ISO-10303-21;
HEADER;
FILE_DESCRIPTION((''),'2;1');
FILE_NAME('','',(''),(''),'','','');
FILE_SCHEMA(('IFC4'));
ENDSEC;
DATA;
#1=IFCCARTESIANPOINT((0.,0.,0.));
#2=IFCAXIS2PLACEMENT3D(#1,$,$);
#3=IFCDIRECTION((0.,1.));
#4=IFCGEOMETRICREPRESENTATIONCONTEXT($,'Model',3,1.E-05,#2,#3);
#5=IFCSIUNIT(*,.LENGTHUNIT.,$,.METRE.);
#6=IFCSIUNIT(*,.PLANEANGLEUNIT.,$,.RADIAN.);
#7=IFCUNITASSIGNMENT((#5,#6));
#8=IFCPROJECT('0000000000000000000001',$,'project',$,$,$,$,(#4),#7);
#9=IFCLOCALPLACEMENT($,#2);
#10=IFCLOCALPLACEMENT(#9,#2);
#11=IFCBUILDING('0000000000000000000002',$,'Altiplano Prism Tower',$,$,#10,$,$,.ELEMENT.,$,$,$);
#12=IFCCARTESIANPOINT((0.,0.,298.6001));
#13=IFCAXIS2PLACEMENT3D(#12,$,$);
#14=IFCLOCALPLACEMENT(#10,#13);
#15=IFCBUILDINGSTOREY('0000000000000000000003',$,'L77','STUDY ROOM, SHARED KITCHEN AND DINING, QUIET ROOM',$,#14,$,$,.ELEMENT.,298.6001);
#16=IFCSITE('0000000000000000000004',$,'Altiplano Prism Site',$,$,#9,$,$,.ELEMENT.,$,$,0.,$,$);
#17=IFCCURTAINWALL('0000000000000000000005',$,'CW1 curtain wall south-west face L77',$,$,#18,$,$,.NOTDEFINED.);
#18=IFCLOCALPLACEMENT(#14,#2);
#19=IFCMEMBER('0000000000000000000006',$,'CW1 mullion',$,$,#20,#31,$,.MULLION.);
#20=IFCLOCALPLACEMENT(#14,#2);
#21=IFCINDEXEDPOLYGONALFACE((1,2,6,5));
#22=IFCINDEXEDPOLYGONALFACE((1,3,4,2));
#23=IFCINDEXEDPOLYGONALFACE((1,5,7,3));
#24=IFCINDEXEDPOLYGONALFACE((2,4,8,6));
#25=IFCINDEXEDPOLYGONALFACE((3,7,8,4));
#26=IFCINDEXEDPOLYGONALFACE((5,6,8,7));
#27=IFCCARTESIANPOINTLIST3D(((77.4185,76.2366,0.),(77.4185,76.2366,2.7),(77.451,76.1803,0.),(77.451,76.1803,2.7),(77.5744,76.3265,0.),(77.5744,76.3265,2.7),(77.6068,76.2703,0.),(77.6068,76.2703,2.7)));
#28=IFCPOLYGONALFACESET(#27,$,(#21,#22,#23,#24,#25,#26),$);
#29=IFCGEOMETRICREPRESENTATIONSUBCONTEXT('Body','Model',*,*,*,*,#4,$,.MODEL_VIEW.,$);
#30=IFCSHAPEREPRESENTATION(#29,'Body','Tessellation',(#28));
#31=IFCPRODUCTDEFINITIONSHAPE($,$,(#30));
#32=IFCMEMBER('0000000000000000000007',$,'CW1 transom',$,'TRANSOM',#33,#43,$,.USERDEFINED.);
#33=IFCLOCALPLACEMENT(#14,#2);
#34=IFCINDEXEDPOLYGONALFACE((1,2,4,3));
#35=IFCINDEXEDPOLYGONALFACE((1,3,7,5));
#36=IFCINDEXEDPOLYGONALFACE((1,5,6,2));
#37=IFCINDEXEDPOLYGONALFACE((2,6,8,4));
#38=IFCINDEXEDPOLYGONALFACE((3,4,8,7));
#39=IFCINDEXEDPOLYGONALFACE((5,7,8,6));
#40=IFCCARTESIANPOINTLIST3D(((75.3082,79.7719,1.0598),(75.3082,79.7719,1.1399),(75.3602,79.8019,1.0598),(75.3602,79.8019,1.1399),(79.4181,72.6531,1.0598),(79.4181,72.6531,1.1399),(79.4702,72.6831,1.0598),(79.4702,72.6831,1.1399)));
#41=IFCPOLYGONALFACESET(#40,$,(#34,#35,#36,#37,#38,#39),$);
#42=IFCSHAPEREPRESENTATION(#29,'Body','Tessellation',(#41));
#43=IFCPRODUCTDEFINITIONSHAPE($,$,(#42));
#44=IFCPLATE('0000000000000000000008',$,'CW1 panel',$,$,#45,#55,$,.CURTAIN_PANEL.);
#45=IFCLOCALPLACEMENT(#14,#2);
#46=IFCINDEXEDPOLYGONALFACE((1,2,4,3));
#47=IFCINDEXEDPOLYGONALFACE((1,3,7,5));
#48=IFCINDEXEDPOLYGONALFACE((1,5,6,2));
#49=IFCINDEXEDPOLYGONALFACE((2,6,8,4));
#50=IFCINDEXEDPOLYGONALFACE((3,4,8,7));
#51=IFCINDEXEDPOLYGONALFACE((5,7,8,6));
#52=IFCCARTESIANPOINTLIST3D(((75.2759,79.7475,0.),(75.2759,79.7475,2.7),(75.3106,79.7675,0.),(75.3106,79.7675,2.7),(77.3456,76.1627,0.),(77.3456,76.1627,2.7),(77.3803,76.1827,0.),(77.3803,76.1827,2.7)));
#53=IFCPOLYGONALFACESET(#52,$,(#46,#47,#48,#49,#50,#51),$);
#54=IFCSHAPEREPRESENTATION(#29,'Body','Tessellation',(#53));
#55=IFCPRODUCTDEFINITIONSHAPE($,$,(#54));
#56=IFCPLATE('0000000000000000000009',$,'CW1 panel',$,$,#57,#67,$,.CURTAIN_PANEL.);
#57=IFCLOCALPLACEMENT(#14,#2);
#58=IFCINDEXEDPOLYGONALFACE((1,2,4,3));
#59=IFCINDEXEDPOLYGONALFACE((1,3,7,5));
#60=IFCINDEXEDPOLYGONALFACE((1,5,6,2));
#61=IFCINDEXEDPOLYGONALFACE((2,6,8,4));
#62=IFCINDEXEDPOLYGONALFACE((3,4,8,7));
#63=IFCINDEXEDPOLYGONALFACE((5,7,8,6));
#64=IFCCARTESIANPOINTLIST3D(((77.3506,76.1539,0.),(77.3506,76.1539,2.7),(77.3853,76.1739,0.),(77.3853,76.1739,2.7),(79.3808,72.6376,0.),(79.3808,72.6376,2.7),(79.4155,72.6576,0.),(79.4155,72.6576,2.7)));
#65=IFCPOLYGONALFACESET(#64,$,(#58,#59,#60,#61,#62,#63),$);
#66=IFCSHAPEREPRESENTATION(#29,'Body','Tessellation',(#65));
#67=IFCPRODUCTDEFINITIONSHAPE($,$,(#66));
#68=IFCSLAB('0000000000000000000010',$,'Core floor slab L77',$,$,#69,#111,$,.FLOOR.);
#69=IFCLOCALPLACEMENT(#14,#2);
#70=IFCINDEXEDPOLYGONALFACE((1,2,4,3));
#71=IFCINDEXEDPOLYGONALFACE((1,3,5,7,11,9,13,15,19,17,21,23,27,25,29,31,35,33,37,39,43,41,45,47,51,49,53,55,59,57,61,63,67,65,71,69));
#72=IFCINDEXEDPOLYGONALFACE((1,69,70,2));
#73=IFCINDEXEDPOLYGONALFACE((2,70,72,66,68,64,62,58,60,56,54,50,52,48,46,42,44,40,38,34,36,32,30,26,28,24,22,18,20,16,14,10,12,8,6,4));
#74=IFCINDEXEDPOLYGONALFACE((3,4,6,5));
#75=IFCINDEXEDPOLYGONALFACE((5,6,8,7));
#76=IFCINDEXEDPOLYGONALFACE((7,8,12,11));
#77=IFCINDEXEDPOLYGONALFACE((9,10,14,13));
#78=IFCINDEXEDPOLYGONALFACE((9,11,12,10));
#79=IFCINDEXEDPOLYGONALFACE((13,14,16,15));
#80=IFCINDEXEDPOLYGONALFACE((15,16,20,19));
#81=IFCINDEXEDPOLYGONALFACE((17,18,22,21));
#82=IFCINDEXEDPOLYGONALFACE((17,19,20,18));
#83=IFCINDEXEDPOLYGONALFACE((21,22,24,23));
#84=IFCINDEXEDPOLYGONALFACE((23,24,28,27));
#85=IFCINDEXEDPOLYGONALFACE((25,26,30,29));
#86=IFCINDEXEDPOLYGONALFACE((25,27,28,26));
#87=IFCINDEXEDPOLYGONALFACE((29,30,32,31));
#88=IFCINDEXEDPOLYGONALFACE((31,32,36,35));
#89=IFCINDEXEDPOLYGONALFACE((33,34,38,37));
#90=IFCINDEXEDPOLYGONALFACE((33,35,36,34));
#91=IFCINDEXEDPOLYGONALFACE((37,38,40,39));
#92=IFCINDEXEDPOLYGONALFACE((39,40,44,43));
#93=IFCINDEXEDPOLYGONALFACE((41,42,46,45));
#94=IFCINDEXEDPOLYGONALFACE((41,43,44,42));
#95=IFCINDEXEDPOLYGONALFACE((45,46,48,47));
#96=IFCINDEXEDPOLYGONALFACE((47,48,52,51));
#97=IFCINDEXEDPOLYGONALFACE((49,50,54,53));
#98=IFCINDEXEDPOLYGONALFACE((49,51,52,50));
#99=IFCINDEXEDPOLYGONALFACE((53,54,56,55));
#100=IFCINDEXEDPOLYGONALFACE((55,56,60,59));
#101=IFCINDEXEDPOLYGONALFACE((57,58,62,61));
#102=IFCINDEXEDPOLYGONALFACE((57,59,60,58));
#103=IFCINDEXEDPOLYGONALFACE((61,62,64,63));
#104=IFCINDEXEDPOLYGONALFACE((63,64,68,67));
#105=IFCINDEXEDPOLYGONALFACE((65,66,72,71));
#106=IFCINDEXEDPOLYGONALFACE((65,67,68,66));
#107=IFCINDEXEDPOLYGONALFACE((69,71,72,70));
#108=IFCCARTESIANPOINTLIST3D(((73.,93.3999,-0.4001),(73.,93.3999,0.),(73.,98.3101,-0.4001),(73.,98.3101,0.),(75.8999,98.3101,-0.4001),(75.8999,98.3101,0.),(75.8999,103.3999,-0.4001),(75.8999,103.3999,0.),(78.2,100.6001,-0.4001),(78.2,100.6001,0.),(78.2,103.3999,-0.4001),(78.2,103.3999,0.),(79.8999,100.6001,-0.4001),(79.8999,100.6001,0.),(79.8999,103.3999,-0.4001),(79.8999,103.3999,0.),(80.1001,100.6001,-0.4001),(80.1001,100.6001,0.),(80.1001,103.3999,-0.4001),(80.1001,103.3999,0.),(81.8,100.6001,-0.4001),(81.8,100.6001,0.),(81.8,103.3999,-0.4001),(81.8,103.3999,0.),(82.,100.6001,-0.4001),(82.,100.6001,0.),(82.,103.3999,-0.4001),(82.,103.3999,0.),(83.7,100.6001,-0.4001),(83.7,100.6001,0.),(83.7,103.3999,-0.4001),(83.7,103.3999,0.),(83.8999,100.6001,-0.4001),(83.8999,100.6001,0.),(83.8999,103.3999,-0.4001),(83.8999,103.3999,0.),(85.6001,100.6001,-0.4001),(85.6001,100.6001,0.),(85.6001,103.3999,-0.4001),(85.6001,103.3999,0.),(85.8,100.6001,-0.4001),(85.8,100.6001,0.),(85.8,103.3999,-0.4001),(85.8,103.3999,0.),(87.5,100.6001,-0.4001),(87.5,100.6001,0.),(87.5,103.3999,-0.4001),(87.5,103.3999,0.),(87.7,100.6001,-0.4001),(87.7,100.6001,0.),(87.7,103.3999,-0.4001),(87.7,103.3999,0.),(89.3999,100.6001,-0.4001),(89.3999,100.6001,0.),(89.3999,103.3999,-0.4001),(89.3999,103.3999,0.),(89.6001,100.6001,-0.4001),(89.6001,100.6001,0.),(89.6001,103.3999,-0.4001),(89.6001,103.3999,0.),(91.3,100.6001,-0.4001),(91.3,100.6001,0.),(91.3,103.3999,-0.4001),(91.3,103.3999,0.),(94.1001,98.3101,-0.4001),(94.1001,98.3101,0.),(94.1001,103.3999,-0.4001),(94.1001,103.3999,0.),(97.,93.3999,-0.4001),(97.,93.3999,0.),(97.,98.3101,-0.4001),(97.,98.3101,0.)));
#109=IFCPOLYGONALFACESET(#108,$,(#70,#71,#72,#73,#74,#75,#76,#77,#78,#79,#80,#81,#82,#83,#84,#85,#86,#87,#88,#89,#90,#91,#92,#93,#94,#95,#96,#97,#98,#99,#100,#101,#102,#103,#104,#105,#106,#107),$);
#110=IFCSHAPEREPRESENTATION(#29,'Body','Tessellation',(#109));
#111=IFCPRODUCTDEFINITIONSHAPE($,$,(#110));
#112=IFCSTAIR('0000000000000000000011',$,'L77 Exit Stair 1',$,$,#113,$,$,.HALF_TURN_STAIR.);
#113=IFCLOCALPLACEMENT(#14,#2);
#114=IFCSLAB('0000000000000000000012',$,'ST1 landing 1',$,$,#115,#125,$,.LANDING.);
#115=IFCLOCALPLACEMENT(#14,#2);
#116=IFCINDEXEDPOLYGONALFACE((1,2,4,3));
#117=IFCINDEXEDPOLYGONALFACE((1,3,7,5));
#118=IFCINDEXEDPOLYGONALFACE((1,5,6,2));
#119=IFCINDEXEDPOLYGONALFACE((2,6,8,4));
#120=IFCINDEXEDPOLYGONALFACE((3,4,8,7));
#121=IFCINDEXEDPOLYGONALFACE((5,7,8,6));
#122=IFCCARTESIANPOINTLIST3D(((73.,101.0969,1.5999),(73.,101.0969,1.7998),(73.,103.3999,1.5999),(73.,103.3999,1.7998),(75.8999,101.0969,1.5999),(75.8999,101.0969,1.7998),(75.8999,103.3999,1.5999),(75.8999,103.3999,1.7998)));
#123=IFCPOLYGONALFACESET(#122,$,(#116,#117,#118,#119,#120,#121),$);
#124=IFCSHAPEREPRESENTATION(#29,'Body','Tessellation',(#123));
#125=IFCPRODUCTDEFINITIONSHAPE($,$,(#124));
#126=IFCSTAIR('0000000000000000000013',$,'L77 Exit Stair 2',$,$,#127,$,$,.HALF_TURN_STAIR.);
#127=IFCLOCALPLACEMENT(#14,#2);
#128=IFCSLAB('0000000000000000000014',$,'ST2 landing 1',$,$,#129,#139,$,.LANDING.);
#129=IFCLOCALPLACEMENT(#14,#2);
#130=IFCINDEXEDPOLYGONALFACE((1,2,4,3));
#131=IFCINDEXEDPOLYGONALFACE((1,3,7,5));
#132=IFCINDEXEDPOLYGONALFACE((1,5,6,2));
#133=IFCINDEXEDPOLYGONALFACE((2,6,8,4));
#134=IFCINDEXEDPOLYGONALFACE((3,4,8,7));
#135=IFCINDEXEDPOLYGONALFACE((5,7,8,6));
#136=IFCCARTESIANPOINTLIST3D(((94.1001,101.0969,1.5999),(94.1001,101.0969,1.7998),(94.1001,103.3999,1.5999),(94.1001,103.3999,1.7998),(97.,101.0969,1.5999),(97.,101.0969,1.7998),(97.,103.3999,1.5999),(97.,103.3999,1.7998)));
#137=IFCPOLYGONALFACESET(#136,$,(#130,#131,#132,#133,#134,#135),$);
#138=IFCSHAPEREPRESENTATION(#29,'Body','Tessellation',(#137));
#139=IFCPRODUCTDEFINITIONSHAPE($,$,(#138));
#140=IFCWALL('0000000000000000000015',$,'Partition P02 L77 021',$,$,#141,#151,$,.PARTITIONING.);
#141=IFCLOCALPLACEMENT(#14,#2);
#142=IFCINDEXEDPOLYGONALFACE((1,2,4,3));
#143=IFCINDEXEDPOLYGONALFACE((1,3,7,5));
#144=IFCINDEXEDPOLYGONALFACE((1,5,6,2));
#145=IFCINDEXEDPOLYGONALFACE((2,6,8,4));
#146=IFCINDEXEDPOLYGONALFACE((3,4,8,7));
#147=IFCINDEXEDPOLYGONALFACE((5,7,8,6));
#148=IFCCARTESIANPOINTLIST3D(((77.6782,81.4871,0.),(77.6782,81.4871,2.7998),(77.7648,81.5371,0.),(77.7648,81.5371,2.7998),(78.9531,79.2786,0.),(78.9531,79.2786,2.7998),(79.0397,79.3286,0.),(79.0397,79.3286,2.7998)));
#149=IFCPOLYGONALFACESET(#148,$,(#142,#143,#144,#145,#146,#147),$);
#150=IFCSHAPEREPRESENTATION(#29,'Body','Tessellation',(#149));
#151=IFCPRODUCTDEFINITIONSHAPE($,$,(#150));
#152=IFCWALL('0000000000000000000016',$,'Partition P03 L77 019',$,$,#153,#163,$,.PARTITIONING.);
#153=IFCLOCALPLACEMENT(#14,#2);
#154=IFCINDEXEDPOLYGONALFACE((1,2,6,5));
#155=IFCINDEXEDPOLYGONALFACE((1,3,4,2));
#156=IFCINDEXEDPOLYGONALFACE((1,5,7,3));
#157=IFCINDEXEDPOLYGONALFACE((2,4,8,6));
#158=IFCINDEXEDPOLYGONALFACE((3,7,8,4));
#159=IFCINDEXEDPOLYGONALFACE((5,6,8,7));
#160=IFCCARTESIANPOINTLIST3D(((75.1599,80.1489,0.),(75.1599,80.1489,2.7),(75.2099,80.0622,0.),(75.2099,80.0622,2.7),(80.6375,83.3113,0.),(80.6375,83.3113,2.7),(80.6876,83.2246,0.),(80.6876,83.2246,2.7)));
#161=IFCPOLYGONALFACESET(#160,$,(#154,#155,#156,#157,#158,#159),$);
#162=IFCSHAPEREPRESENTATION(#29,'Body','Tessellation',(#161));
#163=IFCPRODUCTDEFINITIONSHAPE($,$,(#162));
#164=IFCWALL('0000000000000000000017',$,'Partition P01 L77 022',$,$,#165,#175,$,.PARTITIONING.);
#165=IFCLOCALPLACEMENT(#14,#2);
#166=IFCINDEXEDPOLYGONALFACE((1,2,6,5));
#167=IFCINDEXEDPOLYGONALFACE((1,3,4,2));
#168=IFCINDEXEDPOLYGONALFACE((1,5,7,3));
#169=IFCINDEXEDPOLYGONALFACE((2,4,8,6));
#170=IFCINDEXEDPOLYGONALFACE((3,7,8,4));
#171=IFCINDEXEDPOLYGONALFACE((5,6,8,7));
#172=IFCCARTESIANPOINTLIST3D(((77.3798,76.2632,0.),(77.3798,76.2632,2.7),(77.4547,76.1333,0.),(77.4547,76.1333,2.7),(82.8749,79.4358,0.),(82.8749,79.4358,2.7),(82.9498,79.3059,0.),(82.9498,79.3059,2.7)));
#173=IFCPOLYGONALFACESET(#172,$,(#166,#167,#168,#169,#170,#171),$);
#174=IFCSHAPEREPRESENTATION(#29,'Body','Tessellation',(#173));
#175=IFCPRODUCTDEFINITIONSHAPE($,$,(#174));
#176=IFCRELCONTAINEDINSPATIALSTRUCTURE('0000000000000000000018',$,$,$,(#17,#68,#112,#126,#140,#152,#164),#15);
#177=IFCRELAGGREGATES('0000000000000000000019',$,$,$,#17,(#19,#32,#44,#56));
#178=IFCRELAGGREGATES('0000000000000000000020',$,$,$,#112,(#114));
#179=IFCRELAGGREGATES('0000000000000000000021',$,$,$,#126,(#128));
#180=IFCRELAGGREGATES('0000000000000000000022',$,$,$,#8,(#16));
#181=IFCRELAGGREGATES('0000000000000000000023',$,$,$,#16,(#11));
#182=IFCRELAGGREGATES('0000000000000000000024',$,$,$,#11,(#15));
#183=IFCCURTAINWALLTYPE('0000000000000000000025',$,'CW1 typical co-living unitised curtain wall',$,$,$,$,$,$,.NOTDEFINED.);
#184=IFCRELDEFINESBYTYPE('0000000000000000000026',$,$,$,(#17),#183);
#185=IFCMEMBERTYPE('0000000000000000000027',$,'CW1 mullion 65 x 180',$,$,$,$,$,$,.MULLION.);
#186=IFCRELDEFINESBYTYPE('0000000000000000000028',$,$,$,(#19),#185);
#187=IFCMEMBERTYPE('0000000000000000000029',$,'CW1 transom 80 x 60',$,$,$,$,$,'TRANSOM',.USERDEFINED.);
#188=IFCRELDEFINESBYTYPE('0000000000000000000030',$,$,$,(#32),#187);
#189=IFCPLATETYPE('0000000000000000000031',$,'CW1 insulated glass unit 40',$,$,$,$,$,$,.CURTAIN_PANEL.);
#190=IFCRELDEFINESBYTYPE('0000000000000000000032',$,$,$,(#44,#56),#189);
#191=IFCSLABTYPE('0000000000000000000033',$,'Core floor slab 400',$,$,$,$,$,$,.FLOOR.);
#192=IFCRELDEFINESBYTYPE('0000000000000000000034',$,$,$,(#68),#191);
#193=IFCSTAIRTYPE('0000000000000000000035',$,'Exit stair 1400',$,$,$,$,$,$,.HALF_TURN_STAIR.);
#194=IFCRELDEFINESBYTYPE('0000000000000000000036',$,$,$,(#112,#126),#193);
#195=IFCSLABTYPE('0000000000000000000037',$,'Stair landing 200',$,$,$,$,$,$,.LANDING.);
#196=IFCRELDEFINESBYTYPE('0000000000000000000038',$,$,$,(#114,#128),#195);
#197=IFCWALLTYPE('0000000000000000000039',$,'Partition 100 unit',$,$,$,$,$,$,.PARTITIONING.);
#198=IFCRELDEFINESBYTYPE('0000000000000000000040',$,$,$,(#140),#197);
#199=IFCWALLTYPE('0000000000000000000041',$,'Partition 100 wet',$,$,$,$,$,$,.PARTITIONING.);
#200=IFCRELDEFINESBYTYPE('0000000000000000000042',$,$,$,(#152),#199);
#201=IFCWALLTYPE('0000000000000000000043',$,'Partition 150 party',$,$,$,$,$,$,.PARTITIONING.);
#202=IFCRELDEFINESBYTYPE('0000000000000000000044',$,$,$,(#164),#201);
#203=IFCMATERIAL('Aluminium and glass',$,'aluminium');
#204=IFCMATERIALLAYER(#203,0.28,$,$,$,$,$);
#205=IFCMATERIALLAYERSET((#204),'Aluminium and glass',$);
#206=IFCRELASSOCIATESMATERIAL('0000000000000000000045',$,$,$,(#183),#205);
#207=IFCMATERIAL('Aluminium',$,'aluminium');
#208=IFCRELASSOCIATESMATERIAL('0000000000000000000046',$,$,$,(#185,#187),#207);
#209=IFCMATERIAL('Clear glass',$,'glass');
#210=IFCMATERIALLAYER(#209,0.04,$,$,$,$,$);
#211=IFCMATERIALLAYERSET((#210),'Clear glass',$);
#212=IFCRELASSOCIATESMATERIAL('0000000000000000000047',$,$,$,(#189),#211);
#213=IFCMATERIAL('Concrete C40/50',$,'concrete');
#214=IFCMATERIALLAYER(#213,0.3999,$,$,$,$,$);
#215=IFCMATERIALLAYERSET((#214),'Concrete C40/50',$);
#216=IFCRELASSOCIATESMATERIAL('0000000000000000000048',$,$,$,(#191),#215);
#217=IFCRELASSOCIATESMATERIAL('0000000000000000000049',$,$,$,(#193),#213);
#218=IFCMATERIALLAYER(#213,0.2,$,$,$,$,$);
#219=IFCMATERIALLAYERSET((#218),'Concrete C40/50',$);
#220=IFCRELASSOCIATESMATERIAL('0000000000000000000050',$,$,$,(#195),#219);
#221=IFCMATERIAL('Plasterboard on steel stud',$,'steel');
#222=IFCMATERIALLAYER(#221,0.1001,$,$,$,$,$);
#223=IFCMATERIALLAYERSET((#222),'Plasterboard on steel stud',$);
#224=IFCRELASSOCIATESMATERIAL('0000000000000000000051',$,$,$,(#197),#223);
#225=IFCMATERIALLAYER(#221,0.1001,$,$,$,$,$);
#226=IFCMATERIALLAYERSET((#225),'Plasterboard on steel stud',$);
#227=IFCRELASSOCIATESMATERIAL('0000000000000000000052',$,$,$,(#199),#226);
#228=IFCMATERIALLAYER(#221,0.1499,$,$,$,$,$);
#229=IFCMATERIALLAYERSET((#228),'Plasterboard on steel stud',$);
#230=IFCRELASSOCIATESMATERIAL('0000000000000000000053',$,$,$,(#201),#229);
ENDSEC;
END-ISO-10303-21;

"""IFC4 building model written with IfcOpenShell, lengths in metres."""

from ifc_helpers import new_model, si_unit, direction, frame, frame_2d, origin, origin_2d, place, context, subcontext, project, spatial, polyline, rectangle, outline, extrude, material, layer, layer_set, material_profile, profile_set, type_object, element, aggregate, save


model = new_model("IFC4")

# Units and contexts
model_context = context("Model", 3, precision=1e-05, world=origin(), true_north=direction((0.0, 1.0)))
body_context = subcontext(model_context, "Body", "Model", "MODEL_VIEW")
ifc_project = project(units=[si_unit("LENGTHUNIT", "METRE"), si_unit("PLANEANGLEUNIT", "RADIAN")], contexts=[model_context])

# Site, building, storey
site_placement = place(None, origin())
site = spatial("IfcSite", under=ifc_project, at=site_placement, Name="Altiplano Prism Site", CompositionType="ELEMENT", RefElevation=0.0)
building_placement = place(site_placement, origin())
building = spatial("IfcBuilding", under=site, at=building_placement, Name="Altiplano Prism Tower", CompositionType="ELEMENT")
storey_placement = place(building_placement, frame((0.0, 0.0, 298.6001)))
storey = spatial("IfcBuildingStorey", under=building, at=storey_placement, Name="L77", Description="STUDY ROOM, SHARED KITCHEN AND DINING, QUIET ROOM", CompositionType="ELEMENT", Elevation=298.6001)

# Curtain wall, members, plates
ifc_material_1 = material(Name="Aluminium and glass", Category="aluminium")
ifc_layer_1 = layer(ifc_material_1, 0.28)
ifc_layer_set_1 = layer_set([ifc_layer_1], Name="Aluminium and glass")
curtain_wall_type = type_object("IfcCurtainWallType", Name="CW1 typical co-living unitised curtain wall", PredefinedType="NOTDEFINED", material=ifc_layer_set_1)
curtain_wall_placement = place(storey_placement, origin())
curtain_wall = element("IfcCurtainWall", 1, at=curtain_wall_placement, inside=storey, type_object=curtain_wall_type, Name="CW1 curtain wall south-west face L77", PredefinedType="NOTDEFINED")
ifc_material_2 = material(Name="Aluminium", Category="aluminium")
ifc_material_profile_1 = material_profile(ifc_material_2, rectangle(XDim=0.1799, YDim=0.0649, at=origin_2d()), Name="CW1 mullion 65 x 180")
ifc_profile_set_1 = profile_set([ifc_material_profile_1], Name="Aluminium")
member_type_1 = type_object("IfcMemberType", Name="CW1 mullion 65 x 180", PredefinedType="MULLION", material=ifc_profile_set_1)
member_1_placement = place(storey_placement, frame((77.5127, 76.2534, 0.0), z_axis=(0.0, 0.0, 1.0), x_axis=(0.866025, 0.5, 0.0)))
member_1 = element("IfcMember", 2, at=member_1_placement, type_object=member_type_1, Name="CW1 mullion", PredefinedType="MULLION", context=body_context, shape_type="SweptSolid", body=[
    extrude(rectangle(XDim=0.1799, YDim=0.0649, at=origin_2d()), origin(), (0.0, 0.0, 1.0), 2.7),
])
ifc_material_profile_2 = material_profile(ifc_material_2, rectangle(XDim=0.0601, YDim=0.0801, at=origin_2d()), Name="CW1 transom 80 x 60")
ifc_profile_set_2 = profile_set([ifc_material_profile_2], Name="Aluminium")
member_type_2 = type_object("IfcMemberType", Name="CW1 transom 80 x 60", ElementType="TRANSOM", PredefinedType="USERDEFINED", material=ifc_profile_set_2)
member_2_placement = place(storey_placement, frame((75.3342, 79.7869, 1.0999), z_axis=(0.499992, -0.86603, 0.0), x_axis=(0.86603, 0.499992, 0.0)))
member_2 = element("IfcMember", 3, at=member_2_placement, type_object=member_type_2, Name="CW1 transom", ObjectType="TRANSOM", PredefinedType="USERDEFINED", context=body_context, shape_type="SweptSolid", body=[
    extrude(rectangle(XDim=0.0601, YDim=0.0801, at=origin_2d()), origin(), (0.0, 0.0, 1.0), 8.22),
])
ifc_material_3 = material(Name="Clear glass", Category="glass")
ifc_layer_2 = layer(ifc_material_3, 0.04)
ifc_layer_set_2 = layer_set([ifc_layer_2], Name="Clear glass")
plate_type = type_object("IfcPlateType", Name="CW1 insulated glass unit 40", PredefinedType="CURTAIN_PANEL", material=ifc_layer_set_2)
plate_1_placement = place(storey_placement, frame((76.3281, 77.9651, 0.0), z_axis=(0.0, 0.0, 1.0), x_axis=(0.5, -0.866025, 0.0)))
plate_1 = element("IfcPlate", 4, at=plate_1_placement, type_object=plate_type, Name="CW1 panel", PredefinedType="CURTAIN_PANEL", context=body_context, shape_type="SweptSolid", body=[
    extrude(rectangle(XDim=4.1394, YDim=0.04, at=origin_2d()), origin(), (0.0, 0.0, 1.0), 2.7),
])
plate_2_placement = place(storey_placement, frame((78.3831, 74.4058, 0.0), z_axis=(0.0, 0.0, 1.0), x_axis=(0.5, -0.866025, 0.0)))
plate_2 = element("IfcPlate", 5, at=plate_2_placement, type_object=plate_type, Name="CW1 panel", PredefinedType="CURTAIN_PANEL", context=body_context, shape_type="SweptSolid", body=[
    extrude(rectangle(XDim=4.0603, YDim=0.04, at=origin_2d()), origin(), (0.0, 0.0, 1.0), 2.7),
])
aggregate(curtain_wall, [member_1, member_2, plate_1, plate_2])

# Slab
ifc_material_4 = material(Name="Concrete C40/50", Category="concrete")
ifc_layer_3 = layer(ifc_material_4, 0.3999)
ifc_layer_set_3 = layer_set([ifc_layer_3], Name="Concrete C40/50")
slab_type_1 = type_object("IfcSlabType", Name="Core floor slab 400", PredefinedType="FLOOR", material=ifc_layer_set_3)
slab_1_placement = place(storey_placement, frame((0.0, 0.0, -0.4001)))
element("IfcSlab", 6, at=slab_1_placement, inside=storey, type_object=slab_type_1, Name="Core floor slab L77", PredefinedType="FLOOR", context=body_context, shape_type="SweptSolid", body=[
    extrude(outline(polyline([(97.0, 98.3101), (94.1001, 98.3101), (94.1001, 103.3999), (91.3, 103.3999), (91.3, 100.6001), (89.6001, 100.6001), (89.6001, 103.3999), (89.3999, 103.3999), (89.3999, 100.6001), (87.7, 100.6001), (87.7, 103.3999), (87.5, 103.3999), (87.5, 100.6001), (85.8, 100.6001), (85.8, 103.3999), (85.6001, 103.3999), (85.6001, 100.6001), (83.8999, 100.6001), (83.8999, 103.3999), (83.7, 103.3999), (83.7, 100.6001), (82.0, 100.6001), (82.0, 103.3999), (81.8, 103.3999), (81.8, 100.6001), (80.1001, 100.6001), (80.1001, 103.3999), (79.8999, 103.3999), (79.8999, 100.6001), (78.2, 100.6001), (78.2, 103.3999), (75.8999, 103.3999), (75.8999, 98.3101), (73.0, 98.3101), (73.0, 93.3999), (97.0, 93.3999), (97.0, 98.3101)])), origin(), (0.0, 0.0, 1.0), 0.4001),
])

# Stairs, slabs
stair_type = type_object("IfcStairType", Name="Exit stair 1400", PredefinedType="HALF_TURN_STAIR", material=ifc_material_4)
stair_1_placement = place(storey_placement, origin())
stair_1 = element("IfcStair", 7, at=stair_1_placement, inside=storey, type_object=stair_type, Name="L77 Exit Stair 1", PredefinedType="HALF_TURN_STAIR")
ifc_layer_4 = layer(ifc_material_4, 0.2)
ifc_layer_set_4 = layer_set([ifc_layer_4], Name="Concrete C40/50")
slab_type_2 = type_object("IfcSlabType", Name="Stair landing 200", PredefinedType="LANDING", material=ifc_layer_set_4)
slab_2_placement = place(storey_placement, frame((0.0, 0.0, 1.5999)))
slab_2 = element("IfcSlab", 8, at=slab_2_placement, type_object=slab_type_2, Name="ST1 landing 1", PredefinedType="LANDING", context=body_context, shape_type="SweptSolid", body=[
    extrude(outline(polyline([(75.8999, 101.0969), (75.8999, 103.3999), (73.0, 103.3999), (73.0, 101.0969), (75.8999, 101.0969)])), origin(), (0.0, 0.0, 1.0), 0.2),
])
aggregate(stair_1, [slab_2])
stair_2_placement = place(storey_placement, origin())
stair_2 = element("IfcStair", 9, at=stair_2_placement, inside=storey, type_object=stair_type, Name="L77 Exit Stair 2", PredefinedType="HALF_TURN_STAIR")
slab_3_placement = place(storey_placement, frame((0.0, 0.0, 1.5999)))
slab_3 = element("IfcSlab", 10, at=slab_3_placement, type_object=slab_type_2, Name="ST2 landing 1", PredefinedType="LANDING", context=body_context, shape_type="SweptSolid", body=[
    extrude(outline(polyline([(97.0, 101.0969), (97.0, 103.3999), (94.1001, 103.3999), (94.1001, 101.0969), (97.0, 101.0969)])), origin(), (0.0, 0.0, 1.0), 0.2),
])
aggregate(stair_2, [slab_3])

# Walls
ifc_material_5 = material(Name="Plasterboard on steel stud", Category="steel")
ifc_layer_5 = layer(ifc_material_5, 0.1001)
ifc_layer_set_5 = layer_set([ifc_layer_5], Name="Plasterboard on steel stud")
wall_type_1 = type_object("IfcWallType", Name="Partition 100 unit", PredefinedType="PARTITIONING", material=ifc_layer_set_5)
wall_1_placement = place(storey_placement, frame((78.9963, 79.3037, 0.0), z_axis=(0.0, 0.0, 1.0), x_axis=(-0.499949, 0.866055, 0.0)))
element("IfcWall", 11, at=wall_1_placement, inside=storey, type_object=wall_type_1, Name="Partition P02 L77 021", PredefinedType="PARTITIONING", context=body_context, shape_type="SweptSolid", body=[
    extrude(rectangle(XDim=2.55, YDim=0.1001, at=frame_2d((1.2749, 0.0))), origin(), (0.0, 0.0, 1.0), 2.7998),
])
ifc_layer_6 = layer(ifc_material_5, 0.1001)
ifc_layer_set_6 = layer_set([ifc_layer_6], Name="Plasterboard on steel stud")
wall_type_2 = type_object("IfcWallType", Name="Partition 100 wet", PredefinedType="PARTITIONING", material=ifc_layer_set_6)
wall_2_placement = place(storey_placement, frame((75.1848, 80.1055, 0.0), z_axis=(0.0, 0.0, 1.0), x_axis=(0.866033, 0.499988, 0.0)))
element("IfcWall", 12, at=wall_2_placement, inside=storey, type_object=wall_type_2, Name="Partition P03 L77 019", PredefinedType="PARTITIONING", context=body_context, shape_type="SweptSolid", body=[
    extrude(rectangle(XDim=6.325, YDim=0.1001, at=frame_2d((3.1626, 0.0))), origin(), (0.0, 0.0, 1.0), 2.7),
])
ifc_layer_7 = layer(ifc_material_5, 0.1499)
ifc_layer_set_7 = layer_set([ifc_layer_7], Name="Plasterboard on steel stud")
wall_type_3 = type_object("IfcWallType", Name="Partition 150 party", PredefinedType="PARTITIONING", material=ifc_layer_set_7)
wall_3_placement = place(storey_placement, frame((77.4172, 76.1982, 0.0), z_axis=(0.0, 0.0, 1.0), x_axis=(0.866025, 0.5, 0.0)))
element("IfcWall", 13, at=wall_3_placement, inside=storey, type_object=wall_type_3, Name="Partition P01 L77 022", PredefinedType="PARTITIONING", context=body_context, shape_type="SweptSolid", body=[
    extrude(rectangle(XDim=6.3452, YDim=0.1499, at=frame_2d((3.1726, 0.0))), origin(), (0.0, 0.0, 1.0), 2.7),
])

save(model, "model.ifc")
